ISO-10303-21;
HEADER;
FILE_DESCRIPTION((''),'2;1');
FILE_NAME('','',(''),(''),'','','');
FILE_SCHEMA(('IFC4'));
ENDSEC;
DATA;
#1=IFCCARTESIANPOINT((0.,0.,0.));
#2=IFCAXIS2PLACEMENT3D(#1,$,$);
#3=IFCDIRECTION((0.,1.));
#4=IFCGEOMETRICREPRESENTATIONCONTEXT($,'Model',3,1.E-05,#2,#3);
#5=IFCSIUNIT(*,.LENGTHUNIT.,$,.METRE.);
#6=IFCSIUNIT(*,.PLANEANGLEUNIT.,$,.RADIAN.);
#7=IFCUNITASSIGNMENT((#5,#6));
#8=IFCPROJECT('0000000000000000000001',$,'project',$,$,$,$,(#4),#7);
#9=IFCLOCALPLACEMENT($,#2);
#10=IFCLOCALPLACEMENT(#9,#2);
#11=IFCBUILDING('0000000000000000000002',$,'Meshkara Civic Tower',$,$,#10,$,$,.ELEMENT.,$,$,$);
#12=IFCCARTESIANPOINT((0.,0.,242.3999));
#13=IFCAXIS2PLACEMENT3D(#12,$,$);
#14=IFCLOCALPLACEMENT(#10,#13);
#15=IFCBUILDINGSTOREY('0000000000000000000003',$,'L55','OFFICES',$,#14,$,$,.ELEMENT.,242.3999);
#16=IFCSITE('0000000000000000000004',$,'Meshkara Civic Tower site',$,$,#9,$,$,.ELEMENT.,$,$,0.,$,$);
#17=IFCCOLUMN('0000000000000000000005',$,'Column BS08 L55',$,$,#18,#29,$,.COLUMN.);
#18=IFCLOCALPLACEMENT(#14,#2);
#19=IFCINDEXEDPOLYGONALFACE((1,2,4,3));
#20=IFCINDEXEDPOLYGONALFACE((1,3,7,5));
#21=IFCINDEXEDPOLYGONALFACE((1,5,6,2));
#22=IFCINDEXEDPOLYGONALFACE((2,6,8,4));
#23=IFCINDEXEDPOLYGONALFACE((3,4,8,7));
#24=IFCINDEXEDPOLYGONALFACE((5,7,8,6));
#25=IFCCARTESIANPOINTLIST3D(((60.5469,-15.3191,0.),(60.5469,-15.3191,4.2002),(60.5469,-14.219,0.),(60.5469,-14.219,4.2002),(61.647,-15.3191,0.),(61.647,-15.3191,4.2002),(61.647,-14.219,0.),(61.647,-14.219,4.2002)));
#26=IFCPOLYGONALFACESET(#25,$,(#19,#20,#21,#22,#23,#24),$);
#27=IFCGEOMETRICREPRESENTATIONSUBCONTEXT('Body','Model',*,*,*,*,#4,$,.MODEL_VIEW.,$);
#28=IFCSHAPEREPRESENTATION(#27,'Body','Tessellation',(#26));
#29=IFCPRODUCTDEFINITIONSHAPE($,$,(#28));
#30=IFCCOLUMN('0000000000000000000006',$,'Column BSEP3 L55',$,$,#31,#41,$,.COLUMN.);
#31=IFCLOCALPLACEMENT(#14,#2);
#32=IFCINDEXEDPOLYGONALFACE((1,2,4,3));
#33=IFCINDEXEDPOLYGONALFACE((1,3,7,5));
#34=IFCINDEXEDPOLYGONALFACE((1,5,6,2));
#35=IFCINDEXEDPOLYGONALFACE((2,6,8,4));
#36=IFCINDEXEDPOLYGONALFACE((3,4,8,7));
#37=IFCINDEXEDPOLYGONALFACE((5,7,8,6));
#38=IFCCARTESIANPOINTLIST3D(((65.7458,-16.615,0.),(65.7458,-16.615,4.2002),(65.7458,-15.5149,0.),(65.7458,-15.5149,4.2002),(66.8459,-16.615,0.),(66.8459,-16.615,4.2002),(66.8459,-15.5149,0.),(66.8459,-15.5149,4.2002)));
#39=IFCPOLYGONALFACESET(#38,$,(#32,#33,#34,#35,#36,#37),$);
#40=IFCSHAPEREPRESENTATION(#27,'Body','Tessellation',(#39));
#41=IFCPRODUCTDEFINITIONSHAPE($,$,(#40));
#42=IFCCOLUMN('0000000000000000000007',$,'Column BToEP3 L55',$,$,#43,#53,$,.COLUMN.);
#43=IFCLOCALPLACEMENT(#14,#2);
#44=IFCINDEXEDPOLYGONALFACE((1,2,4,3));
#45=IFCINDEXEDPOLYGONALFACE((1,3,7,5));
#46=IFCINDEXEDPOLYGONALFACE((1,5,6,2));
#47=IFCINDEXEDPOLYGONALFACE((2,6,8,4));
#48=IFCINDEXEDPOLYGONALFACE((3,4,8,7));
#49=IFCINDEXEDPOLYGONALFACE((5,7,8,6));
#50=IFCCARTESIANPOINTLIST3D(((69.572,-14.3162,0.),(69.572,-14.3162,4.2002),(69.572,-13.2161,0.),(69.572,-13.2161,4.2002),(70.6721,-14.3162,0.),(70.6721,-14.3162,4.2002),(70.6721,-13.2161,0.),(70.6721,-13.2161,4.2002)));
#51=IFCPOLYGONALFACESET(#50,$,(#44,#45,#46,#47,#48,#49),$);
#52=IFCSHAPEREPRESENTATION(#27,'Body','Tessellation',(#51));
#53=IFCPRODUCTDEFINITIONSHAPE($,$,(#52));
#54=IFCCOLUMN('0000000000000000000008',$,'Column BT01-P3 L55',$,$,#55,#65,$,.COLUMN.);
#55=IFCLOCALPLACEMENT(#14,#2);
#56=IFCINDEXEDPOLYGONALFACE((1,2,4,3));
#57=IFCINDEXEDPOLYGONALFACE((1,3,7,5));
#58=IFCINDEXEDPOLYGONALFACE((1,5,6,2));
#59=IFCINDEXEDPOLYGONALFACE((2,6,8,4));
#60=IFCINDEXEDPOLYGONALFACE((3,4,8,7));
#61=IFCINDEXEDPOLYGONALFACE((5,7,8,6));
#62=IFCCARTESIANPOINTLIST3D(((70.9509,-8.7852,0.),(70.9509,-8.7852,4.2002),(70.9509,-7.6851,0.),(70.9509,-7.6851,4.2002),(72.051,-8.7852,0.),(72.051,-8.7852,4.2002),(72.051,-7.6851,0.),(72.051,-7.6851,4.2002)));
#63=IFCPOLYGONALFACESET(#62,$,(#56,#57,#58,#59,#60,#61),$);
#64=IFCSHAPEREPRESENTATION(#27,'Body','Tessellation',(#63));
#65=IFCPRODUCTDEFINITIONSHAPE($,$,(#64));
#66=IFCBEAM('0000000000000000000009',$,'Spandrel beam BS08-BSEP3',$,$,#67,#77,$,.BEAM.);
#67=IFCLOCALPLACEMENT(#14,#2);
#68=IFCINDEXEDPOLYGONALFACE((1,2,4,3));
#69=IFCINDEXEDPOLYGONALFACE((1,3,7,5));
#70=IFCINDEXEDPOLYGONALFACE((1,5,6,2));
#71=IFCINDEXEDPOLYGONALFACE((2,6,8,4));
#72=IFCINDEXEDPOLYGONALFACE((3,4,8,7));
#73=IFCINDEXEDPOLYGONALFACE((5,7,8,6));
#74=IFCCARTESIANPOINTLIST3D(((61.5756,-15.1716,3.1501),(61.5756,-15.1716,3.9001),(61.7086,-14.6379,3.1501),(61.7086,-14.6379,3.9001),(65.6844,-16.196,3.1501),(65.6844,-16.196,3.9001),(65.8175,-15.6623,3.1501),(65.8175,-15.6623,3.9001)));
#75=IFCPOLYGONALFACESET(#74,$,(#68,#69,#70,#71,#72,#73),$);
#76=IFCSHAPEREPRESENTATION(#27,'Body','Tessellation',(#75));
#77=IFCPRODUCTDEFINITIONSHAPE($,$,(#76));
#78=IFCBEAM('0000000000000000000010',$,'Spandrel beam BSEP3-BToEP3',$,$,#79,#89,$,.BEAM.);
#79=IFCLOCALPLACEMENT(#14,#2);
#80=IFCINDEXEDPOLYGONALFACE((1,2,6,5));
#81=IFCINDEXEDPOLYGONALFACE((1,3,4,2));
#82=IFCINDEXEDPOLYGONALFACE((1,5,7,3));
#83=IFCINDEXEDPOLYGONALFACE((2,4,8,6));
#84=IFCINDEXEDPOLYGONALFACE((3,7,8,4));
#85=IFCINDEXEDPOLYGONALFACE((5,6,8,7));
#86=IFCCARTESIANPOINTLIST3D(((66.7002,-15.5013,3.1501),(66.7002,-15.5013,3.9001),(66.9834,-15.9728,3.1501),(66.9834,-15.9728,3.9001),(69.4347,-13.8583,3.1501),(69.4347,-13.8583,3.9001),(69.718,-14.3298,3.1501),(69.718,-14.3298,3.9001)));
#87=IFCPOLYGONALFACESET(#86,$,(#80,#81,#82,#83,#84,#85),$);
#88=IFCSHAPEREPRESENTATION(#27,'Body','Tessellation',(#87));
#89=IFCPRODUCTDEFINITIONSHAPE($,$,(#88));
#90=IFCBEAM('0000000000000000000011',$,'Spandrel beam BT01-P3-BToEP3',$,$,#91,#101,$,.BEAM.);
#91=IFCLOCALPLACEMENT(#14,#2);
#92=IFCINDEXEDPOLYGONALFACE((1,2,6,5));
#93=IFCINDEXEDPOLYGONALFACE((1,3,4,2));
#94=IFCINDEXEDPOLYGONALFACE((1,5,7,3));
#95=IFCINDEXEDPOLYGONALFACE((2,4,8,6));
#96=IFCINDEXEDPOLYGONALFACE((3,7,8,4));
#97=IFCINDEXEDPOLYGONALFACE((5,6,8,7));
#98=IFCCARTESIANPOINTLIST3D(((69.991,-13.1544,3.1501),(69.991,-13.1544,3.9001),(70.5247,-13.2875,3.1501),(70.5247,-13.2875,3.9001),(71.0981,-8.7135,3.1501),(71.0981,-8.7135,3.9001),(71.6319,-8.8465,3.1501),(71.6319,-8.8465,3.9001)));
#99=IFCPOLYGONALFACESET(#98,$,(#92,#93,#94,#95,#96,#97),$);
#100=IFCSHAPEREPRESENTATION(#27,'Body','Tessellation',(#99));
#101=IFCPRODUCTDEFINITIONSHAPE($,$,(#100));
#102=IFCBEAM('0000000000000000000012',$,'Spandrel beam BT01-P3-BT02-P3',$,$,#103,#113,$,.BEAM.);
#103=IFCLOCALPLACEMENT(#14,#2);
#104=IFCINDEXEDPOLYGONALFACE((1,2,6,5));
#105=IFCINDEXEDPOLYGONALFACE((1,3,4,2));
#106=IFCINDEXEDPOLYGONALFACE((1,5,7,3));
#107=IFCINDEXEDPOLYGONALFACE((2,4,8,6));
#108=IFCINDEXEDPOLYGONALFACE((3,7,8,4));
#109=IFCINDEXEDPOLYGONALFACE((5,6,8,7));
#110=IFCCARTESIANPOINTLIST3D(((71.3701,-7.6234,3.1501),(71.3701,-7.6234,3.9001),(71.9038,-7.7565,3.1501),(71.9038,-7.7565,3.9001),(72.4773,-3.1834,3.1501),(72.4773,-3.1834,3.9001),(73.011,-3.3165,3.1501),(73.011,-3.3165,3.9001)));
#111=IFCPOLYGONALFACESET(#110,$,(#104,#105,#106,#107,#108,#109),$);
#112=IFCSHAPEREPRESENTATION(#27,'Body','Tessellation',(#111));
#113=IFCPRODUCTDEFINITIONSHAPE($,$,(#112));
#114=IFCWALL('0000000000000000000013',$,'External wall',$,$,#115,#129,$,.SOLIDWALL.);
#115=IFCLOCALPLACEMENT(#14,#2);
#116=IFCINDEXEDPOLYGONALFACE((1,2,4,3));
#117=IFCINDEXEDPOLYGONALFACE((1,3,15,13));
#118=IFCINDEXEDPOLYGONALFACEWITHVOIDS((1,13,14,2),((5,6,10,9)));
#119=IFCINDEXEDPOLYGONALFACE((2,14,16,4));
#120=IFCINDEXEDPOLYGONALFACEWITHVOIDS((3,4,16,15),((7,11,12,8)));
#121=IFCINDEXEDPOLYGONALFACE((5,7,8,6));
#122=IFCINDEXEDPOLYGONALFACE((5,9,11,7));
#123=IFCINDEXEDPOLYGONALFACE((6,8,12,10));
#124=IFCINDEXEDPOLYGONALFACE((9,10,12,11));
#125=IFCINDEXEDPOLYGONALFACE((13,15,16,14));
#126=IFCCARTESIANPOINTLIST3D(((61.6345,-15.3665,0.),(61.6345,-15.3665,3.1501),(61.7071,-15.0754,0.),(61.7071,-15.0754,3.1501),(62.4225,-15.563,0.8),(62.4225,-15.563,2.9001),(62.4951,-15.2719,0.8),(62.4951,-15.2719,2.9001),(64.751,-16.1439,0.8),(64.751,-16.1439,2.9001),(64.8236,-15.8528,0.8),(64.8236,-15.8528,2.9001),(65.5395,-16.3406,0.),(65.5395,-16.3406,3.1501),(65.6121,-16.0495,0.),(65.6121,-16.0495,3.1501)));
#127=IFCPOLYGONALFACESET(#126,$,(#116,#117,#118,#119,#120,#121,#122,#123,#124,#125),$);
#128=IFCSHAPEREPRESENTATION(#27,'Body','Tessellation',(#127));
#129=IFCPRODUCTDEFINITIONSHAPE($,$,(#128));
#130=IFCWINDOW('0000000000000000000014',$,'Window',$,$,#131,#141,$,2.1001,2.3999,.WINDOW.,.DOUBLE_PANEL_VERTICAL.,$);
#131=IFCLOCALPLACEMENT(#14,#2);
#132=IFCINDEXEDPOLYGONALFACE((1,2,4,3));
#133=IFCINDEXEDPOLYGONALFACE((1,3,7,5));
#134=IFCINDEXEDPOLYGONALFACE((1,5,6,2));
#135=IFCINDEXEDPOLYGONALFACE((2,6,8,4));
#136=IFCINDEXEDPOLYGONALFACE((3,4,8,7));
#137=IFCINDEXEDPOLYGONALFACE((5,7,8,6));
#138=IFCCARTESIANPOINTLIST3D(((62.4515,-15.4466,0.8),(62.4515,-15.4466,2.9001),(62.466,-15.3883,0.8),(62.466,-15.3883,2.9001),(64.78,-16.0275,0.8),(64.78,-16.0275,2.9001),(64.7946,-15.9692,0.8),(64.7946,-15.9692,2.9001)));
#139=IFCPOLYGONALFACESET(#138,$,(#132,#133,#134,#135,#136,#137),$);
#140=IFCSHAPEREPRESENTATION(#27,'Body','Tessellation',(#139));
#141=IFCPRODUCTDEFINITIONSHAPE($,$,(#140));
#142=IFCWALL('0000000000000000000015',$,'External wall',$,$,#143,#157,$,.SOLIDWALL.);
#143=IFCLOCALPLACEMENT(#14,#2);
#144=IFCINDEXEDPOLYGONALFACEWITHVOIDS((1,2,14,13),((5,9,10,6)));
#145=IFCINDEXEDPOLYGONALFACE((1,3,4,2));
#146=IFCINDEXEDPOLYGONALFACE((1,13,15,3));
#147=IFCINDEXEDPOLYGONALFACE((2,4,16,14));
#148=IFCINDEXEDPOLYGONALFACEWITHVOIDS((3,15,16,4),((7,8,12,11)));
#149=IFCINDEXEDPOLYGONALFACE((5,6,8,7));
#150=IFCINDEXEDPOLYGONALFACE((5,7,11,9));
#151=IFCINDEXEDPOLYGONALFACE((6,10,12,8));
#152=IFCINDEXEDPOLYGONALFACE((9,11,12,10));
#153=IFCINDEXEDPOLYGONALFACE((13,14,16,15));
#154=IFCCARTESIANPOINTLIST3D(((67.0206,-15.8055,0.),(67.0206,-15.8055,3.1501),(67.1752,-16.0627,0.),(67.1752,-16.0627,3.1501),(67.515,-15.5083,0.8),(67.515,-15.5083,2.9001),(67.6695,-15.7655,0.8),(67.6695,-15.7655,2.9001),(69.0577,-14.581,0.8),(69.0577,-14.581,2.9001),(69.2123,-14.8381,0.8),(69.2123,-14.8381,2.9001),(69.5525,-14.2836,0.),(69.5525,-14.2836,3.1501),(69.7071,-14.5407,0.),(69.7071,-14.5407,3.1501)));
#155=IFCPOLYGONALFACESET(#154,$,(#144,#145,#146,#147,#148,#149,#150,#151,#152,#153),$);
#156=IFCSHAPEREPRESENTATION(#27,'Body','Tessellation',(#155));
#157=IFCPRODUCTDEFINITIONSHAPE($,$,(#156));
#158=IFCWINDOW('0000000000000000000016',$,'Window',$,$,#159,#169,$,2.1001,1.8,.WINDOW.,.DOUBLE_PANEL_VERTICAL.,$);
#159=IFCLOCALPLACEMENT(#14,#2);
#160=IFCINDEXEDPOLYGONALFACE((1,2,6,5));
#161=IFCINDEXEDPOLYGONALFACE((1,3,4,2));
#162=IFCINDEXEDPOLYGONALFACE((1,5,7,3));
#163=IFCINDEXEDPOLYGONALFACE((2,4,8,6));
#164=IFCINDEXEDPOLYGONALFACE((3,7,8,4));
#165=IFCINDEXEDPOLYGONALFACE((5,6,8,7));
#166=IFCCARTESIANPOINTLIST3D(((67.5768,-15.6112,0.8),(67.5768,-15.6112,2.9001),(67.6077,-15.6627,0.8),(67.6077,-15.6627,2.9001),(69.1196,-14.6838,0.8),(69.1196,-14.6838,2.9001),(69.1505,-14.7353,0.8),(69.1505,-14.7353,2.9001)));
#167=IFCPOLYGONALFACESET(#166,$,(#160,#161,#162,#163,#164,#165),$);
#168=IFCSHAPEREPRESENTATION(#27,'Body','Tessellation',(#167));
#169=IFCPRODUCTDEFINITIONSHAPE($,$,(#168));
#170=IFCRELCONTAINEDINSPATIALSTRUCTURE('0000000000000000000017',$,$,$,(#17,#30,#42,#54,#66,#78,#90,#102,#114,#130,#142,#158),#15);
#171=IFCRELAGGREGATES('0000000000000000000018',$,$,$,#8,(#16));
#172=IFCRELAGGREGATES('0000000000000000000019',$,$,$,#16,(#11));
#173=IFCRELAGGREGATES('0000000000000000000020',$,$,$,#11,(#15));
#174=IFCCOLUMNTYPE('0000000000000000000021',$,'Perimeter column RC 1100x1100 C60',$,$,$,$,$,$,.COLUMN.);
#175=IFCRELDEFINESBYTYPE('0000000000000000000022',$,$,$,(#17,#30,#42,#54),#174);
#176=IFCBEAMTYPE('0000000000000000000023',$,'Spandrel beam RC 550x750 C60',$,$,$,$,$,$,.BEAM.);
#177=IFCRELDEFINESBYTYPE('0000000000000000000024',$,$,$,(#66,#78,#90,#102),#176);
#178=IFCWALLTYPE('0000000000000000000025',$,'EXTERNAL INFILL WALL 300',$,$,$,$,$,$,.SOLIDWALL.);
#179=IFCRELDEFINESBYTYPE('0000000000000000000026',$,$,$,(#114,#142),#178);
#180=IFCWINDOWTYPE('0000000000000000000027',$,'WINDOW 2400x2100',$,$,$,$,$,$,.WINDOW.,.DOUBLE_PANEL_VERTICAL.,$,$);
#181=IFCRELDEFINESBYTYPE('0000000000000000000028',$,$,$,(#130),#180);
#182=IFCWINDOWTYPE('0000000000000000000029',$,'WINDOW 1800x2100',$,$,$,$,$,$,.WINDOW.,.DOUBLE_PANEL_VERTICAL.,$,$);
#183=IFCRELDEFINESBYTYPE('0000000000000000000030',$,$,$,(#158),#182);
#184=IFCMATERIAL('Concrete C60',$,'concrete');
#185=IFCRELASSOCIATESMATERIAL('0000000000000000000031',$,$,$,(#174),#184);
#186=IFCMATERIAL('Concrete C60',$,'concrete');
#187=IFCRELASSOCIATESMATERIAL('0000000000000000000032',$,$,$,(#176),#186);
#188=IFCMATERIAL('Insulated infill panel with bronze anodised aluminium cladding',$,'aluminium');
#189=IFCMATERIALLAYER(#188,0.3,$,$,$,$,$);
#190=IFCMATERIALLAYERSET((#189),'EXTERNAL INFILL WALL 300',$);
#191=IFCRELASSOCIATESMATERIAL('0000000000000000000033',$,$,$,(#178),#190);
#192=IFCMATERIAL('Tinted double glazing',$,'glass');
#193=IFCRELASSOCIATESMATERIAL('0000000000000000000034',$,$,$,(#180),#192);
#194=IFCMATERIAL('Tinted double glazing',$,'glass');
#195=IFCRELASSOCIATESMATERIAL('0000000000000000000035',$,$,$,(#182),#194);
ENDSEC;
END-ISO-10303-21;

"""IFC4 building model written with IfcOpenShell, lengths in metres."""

from ifc_helpers import new_model, si_unit, direction, frame, frame_2d, origin, origin_2d, place, context, subcontext, project, spatial, rectangle, extrude, material, layer, layer_set, material_profile, profile_set, type_object, element, fill, save


model = new_model("IFC4")

# Units and contexts
model_context = context("Model", 3, precision=1e-05, world=origin(), true_north=direction((0.0, 1.0)))
body_context = subcontext(model_context, "Body", "Model", "MODEL_VIEW")
ifc_project = project(units=[si_unit("LENGTHUNIT", "METRE"), si_unit("PLANEANGLEUNIT", "RADIAN")], contexts=[model_context])

# Site, building, storey
site_placement = place(None, origin())
site = spatial("IfcSite", under=ifc_project, at=site_placement, Name="Meshkara Civic Tower site", CompositionType="ELEMENT", RefElevation=0.0)
building_placement = place(site_placement, origin())
building = spatial("IfcBuilding", under=site, at=building_placement, Name="Meshkara Civic Tower", CompositionType="ELEMENT")
storey_placement = place(building_placement, frame((0.0, 0.0, 242.3999)))
storey = spatial("IfcBuildingStorey", under=building, at=storey_placement, Name="L55", Description="OFFICES", CompositionType="ELEMENT", Elevation=242.3999)

# Columns
ifc_material_1 = material(Name="Concrete C60", Category="concrete")
ifc_material_profile_1 = material_profile(ifc_material_1, rectangle(XDim=1.1001, YDim=1.1001, at=origin_2d()))
ifc_profile_set_1 = profile_set([ifc_material_profile_1], Name="Concrete C60")
column_type = type_object("IfcColumnType", Name="Perimeter column RC 1100x1100 C60", PredefinedType="COLUMN", material=ifc_profile_set_1)
for number, where, z_axis, x_axis, name in (
    (1, (61.0969, -14.769, 0.0), (0.0, 0.0, 1.0), (1.0, 0.0, 0.0), "Column BS08 L55"),
    (2, (66.2959, -16.0649, 0.0), (0.0, 0.0, 1.0), (1.0, 0.0, 0.0), "Column BSEP3 L55"),
    (3, (70.1221, -13.7661, 0.0), (0.0, 0.0, 1.0), (1.0, 0.0, 0.0), "Column BToEP3 L55"),
    (4, (71.501, -8.2351, 0.0), (0.0, 0.0, 1.0), (1.0, 0.0, 0.0), "Column BT01-P3 L55"),
):
    element("IfcColumn", number, at=place(storey_placement, frame(where, z_axis=z_axis, x_axis=x_axis)), inside=storey, type_object=column_type, Name=name, PredefinedType="COLUMN", context=body_context, shape_type="SweptSolid", body=[
        extrude(rectangle(XDim=1.1001, YDim=1.1001, at=origin_2d()), origin(), (0.0, 0.0, 1.0), 4.2002),
    ])

# Beams
ifc_material_2 = material(Name="Concrete C60", Category="concrete")
ifc_material_profile_2 = material_profile(ifc_material_2, rectangle(XDim=0.55, YDim=0.75, at=origin_2d()))
ifc_profile_set_2 = profile_set([ifc_material_profile_2], Name="Concrete C60")
beam_type = type_object("IfcBeamType", Name="Spandrel beam RC 550x750 C60", PredefinedType="BEAM", material=ifc_profile_set_2)
beam_1_placement = place(storey_placement, frame((61.6421, -14.9048, 3.5251), z_axis=(0.970298, -0.241912, 0.0), x_axis=(0.241912, 0.970298, 0.0)))
element("IfcBeam", 5, at=beam_1_placement, inside=storey, type_object=beam_type, Name="Spandrel beam BS08-BSEP3", PredefinedType="BEAM", context=body_context, shape_type="SweptSolid", body=[
    extrude(rectangle(XDim=0.55, YDim=0.75, at=origin_2d()), origin(), (0.0, 0.0, 1.0), 4.2346),
])
beam_2_placement = place(storey_placement, frame((66.8418, -15.7371, 3.5251), z_axis=(0.857175, 0.515025, 0.0), x_axis=(-0.515025, 0.857175, 0.0)))
element("IfcBeam", 6, at=beam_2_placement, inside=storey, type_object=beam_type, Name="Spandrel beam BSEP3-BToEP3", PredefinedType="BEAM", context=body_context, shape_type="SweptSolid", body=[
    extrude(rectangle(XDim=0.55, YDim=0.75, at=origin_2d()), origin(), (0.0, 0.0, 1.0), 3.1902),
])
beam_3_placement = place(storey_placement, frame((70.2578, -13.2209, 3.5251), z_axis=(0.241908, 0.970299, 0.0), x_axis=(-0.970299, 0.241908, 0.0)))
element("IfcBeam", 7, at=beam_3_placement, inside=storey, type_object=beam_type, Name="Spandrel beam BT01-P3-BToEP3", PredefinedType="BEAM", context=body_context, shape_type="SweptSolid", body=[
    extrude(rectangle(XDim=0.55, YDim=0.75, at=origin_2d()), origin(), (0.0, 0.0, 1.0), 4.5769),
])
beam_4_placement = place(storey_placement, frame((71.637, -7.6899, 3.5251), z_axis=(0.241958, 0.970287, 0.0), x_axis=(-0.970287, 0.241958, 0.0)))
element("IfcBeam", 8, at=beam_4_placement, inside=storey, type_object=beam_type, Name="Spandrel beam BT01-P3-BT02-P3", PredefinedType="BEAM", context=body_context, shape_type="SweptSolid", body=[
    extrude(rectangle(XDim=0.55, YDim=0.75, at=origin_2d()), origin(), (0.0, 0.0, 1.0), 4.5759),
])

# Walls, openings, windows
ifc_material_3 = material(Name="Insulated infill panel with bronze anodised aluminium cladding", Category="aluminium")
ifc_layer_1 = layer(ifc_material_3, 0.3)
ifc_layer_set_1 = layer_set([ifc_layer_1], Name="EXTERNAL INFILL WALL 300")
wall_type_1 = type_object("IfcWallType", Name="EXTERNAL INFILL WALL 300", PredefinedType="SOLIDWALL", material=ifc_layer_set_1)
wall_1_placement = place(storey_placement, frame((61.6709, -15.2209, 0.0), z_axis=(0.0, 0.0, 1.0), x_axis=(0.970267, -0.242036, 0.0)))
wall_1 = element("IfcWall", 9, at=wall_1_placement, inside=storey, type_object=wall_type_1, Name="External wall", PredefinedType="SOLIDWALL", context=body_context, shape_type="SweptSolid", body=[
    extrude(rectangle(XDim=4.0247, YDim=0.3, at=frame_2d((2.0122, 0.0))), origin(), (0.0, 0.0, 1.0), 3.1501),
])
opening_1_placement = place(wall_1_placement, frame((0.812, 0.0, 0.8)))
opening_1 = element("IfcOpeningElement", 10, at=opening_1_placement, cuts=wall_1, PredefinedType="OPENING", context=body_context, shape_type="SweptSolid", body=[
    extrude(rectangle(XDim=2.3999, YDim=2.1001, at=frame_2d((1.2, 1.05))), frame((0.0, 0.1599, 0.0), z_axis=(0.0, -1.0, 0.0), x_axis=(1.0, 0.0, 0.0)), (0.0, 0.0, 1.0), 0.3201),
])
ifc_material_4 = material(Name="Tinted double glazing", Category="glass")
window_type_1 = type_object("IfcWindowType", Name="WINDOW 2400x2100", PartitioningType="DOUBLE_PANEL_VERTICAL", PredefinedType="WINDOW", material=ifc_material_4)
window_1_placement = place(opening_1_placement, origin())
window_1 = element("IfcWindow", 11, at=window_1_placement, inside=storey, type_object=window_type_1, Name="Window", OverallHeight=2.1001, OverallWidth=2.3999, PartitioningType="DOUBLE_PANEL_VERTICAL", PredefinedType="WINDOW", context=body_context, shape_type="SweptSolid", body=[
    extrude(rectangle(XDim=2.3999, YDim=2.1001, at=frame_2d((1.2, 1.05))), frame((0.0, 0.03, 0.0), z_axis=(0.0, -1.0, 0.0), x_axis=(1.0, 0.0, 0.0)), (0.0, 0.0, 1.0), 0.0601),
])
fill(opening_1, window_1)
wall_2_placement = place(storey_placement, frame((67.0979, -15.9341, 0.0), z_axis=(0.0, 0.0, 1.0), x_axis=(0.857077, 0.515188, 0.0)))
wall_2 = element("IfcWall", 12, at=wall_2_placement, inside=storey, type_object=wall_type_1, Name="External wall", PredefinedType="SOLIDWALL", context=body_context, shape_type="SweptSolid", body=[
    extrude(rectangle(XDim=2.9541, YDim=0.3, at=frame_2d((1.4771, 0.0))), origin(), (0.0, 0.0, 1.0), 3.1501),
])
opening_2_placement = place(wall_2_placement, frame((0.5769, 0.0, 0.8)))
opening_2 = element("IfcOpeningElement", 13, at=opening_2_placement, cuts=wall_2, PredefinedType="OPENING", context=body_context, shape_type="SweptSolid", body=[
    extrude(rectangle(XDim=1.8, YDim=2.1001, at=frame_2d((0.8999, 1.05))), frame((0.0, 0.1599, 0.0), z_axis=(0.0, -1.0, 0.0), x_axis=(1.0, 0.0, 0.0)), (0.0, 0.0, 1.0), 0.3201),
])
ifc_material_5 = material(Name="Tinted double glazing", Category="glass")
window_type_2 = type_object("IfcWindowType", Name="WINDOW 1800x2100", PartitioningType="DOUBLE_PANEL_VERTICAL", PredefinedType="WINDOW", material=ifc_material_5)
window_2_placement = place(opening_2_placement, origin())
window_2 = element("IfcWindow", 14, at=window_2_placement, inside=storey, type_object=window_type_2, Name="Window", OverallHeight=2.1001, OverallWidth=1.8, PartitioningType="DOUBLE_PANEL_VERTICAL", PredefinedType="WINDOW", context=body_context, shape_type="SweptSolid", body=[
    extrude(rectangle(XDim=1.8, YDim=2.1001, at=frame_2d((0.8999, 1.05))), frame((0.0, 0.03, 0.0), z_axis=(0.0, -1.0, 0.0), x_axis=(1.0, 0.0, 0.0)), (0.0, 0.0, 1.0), 0.0601),
])
fill(opening_2, window_2)

save(model, "model.ifc")
